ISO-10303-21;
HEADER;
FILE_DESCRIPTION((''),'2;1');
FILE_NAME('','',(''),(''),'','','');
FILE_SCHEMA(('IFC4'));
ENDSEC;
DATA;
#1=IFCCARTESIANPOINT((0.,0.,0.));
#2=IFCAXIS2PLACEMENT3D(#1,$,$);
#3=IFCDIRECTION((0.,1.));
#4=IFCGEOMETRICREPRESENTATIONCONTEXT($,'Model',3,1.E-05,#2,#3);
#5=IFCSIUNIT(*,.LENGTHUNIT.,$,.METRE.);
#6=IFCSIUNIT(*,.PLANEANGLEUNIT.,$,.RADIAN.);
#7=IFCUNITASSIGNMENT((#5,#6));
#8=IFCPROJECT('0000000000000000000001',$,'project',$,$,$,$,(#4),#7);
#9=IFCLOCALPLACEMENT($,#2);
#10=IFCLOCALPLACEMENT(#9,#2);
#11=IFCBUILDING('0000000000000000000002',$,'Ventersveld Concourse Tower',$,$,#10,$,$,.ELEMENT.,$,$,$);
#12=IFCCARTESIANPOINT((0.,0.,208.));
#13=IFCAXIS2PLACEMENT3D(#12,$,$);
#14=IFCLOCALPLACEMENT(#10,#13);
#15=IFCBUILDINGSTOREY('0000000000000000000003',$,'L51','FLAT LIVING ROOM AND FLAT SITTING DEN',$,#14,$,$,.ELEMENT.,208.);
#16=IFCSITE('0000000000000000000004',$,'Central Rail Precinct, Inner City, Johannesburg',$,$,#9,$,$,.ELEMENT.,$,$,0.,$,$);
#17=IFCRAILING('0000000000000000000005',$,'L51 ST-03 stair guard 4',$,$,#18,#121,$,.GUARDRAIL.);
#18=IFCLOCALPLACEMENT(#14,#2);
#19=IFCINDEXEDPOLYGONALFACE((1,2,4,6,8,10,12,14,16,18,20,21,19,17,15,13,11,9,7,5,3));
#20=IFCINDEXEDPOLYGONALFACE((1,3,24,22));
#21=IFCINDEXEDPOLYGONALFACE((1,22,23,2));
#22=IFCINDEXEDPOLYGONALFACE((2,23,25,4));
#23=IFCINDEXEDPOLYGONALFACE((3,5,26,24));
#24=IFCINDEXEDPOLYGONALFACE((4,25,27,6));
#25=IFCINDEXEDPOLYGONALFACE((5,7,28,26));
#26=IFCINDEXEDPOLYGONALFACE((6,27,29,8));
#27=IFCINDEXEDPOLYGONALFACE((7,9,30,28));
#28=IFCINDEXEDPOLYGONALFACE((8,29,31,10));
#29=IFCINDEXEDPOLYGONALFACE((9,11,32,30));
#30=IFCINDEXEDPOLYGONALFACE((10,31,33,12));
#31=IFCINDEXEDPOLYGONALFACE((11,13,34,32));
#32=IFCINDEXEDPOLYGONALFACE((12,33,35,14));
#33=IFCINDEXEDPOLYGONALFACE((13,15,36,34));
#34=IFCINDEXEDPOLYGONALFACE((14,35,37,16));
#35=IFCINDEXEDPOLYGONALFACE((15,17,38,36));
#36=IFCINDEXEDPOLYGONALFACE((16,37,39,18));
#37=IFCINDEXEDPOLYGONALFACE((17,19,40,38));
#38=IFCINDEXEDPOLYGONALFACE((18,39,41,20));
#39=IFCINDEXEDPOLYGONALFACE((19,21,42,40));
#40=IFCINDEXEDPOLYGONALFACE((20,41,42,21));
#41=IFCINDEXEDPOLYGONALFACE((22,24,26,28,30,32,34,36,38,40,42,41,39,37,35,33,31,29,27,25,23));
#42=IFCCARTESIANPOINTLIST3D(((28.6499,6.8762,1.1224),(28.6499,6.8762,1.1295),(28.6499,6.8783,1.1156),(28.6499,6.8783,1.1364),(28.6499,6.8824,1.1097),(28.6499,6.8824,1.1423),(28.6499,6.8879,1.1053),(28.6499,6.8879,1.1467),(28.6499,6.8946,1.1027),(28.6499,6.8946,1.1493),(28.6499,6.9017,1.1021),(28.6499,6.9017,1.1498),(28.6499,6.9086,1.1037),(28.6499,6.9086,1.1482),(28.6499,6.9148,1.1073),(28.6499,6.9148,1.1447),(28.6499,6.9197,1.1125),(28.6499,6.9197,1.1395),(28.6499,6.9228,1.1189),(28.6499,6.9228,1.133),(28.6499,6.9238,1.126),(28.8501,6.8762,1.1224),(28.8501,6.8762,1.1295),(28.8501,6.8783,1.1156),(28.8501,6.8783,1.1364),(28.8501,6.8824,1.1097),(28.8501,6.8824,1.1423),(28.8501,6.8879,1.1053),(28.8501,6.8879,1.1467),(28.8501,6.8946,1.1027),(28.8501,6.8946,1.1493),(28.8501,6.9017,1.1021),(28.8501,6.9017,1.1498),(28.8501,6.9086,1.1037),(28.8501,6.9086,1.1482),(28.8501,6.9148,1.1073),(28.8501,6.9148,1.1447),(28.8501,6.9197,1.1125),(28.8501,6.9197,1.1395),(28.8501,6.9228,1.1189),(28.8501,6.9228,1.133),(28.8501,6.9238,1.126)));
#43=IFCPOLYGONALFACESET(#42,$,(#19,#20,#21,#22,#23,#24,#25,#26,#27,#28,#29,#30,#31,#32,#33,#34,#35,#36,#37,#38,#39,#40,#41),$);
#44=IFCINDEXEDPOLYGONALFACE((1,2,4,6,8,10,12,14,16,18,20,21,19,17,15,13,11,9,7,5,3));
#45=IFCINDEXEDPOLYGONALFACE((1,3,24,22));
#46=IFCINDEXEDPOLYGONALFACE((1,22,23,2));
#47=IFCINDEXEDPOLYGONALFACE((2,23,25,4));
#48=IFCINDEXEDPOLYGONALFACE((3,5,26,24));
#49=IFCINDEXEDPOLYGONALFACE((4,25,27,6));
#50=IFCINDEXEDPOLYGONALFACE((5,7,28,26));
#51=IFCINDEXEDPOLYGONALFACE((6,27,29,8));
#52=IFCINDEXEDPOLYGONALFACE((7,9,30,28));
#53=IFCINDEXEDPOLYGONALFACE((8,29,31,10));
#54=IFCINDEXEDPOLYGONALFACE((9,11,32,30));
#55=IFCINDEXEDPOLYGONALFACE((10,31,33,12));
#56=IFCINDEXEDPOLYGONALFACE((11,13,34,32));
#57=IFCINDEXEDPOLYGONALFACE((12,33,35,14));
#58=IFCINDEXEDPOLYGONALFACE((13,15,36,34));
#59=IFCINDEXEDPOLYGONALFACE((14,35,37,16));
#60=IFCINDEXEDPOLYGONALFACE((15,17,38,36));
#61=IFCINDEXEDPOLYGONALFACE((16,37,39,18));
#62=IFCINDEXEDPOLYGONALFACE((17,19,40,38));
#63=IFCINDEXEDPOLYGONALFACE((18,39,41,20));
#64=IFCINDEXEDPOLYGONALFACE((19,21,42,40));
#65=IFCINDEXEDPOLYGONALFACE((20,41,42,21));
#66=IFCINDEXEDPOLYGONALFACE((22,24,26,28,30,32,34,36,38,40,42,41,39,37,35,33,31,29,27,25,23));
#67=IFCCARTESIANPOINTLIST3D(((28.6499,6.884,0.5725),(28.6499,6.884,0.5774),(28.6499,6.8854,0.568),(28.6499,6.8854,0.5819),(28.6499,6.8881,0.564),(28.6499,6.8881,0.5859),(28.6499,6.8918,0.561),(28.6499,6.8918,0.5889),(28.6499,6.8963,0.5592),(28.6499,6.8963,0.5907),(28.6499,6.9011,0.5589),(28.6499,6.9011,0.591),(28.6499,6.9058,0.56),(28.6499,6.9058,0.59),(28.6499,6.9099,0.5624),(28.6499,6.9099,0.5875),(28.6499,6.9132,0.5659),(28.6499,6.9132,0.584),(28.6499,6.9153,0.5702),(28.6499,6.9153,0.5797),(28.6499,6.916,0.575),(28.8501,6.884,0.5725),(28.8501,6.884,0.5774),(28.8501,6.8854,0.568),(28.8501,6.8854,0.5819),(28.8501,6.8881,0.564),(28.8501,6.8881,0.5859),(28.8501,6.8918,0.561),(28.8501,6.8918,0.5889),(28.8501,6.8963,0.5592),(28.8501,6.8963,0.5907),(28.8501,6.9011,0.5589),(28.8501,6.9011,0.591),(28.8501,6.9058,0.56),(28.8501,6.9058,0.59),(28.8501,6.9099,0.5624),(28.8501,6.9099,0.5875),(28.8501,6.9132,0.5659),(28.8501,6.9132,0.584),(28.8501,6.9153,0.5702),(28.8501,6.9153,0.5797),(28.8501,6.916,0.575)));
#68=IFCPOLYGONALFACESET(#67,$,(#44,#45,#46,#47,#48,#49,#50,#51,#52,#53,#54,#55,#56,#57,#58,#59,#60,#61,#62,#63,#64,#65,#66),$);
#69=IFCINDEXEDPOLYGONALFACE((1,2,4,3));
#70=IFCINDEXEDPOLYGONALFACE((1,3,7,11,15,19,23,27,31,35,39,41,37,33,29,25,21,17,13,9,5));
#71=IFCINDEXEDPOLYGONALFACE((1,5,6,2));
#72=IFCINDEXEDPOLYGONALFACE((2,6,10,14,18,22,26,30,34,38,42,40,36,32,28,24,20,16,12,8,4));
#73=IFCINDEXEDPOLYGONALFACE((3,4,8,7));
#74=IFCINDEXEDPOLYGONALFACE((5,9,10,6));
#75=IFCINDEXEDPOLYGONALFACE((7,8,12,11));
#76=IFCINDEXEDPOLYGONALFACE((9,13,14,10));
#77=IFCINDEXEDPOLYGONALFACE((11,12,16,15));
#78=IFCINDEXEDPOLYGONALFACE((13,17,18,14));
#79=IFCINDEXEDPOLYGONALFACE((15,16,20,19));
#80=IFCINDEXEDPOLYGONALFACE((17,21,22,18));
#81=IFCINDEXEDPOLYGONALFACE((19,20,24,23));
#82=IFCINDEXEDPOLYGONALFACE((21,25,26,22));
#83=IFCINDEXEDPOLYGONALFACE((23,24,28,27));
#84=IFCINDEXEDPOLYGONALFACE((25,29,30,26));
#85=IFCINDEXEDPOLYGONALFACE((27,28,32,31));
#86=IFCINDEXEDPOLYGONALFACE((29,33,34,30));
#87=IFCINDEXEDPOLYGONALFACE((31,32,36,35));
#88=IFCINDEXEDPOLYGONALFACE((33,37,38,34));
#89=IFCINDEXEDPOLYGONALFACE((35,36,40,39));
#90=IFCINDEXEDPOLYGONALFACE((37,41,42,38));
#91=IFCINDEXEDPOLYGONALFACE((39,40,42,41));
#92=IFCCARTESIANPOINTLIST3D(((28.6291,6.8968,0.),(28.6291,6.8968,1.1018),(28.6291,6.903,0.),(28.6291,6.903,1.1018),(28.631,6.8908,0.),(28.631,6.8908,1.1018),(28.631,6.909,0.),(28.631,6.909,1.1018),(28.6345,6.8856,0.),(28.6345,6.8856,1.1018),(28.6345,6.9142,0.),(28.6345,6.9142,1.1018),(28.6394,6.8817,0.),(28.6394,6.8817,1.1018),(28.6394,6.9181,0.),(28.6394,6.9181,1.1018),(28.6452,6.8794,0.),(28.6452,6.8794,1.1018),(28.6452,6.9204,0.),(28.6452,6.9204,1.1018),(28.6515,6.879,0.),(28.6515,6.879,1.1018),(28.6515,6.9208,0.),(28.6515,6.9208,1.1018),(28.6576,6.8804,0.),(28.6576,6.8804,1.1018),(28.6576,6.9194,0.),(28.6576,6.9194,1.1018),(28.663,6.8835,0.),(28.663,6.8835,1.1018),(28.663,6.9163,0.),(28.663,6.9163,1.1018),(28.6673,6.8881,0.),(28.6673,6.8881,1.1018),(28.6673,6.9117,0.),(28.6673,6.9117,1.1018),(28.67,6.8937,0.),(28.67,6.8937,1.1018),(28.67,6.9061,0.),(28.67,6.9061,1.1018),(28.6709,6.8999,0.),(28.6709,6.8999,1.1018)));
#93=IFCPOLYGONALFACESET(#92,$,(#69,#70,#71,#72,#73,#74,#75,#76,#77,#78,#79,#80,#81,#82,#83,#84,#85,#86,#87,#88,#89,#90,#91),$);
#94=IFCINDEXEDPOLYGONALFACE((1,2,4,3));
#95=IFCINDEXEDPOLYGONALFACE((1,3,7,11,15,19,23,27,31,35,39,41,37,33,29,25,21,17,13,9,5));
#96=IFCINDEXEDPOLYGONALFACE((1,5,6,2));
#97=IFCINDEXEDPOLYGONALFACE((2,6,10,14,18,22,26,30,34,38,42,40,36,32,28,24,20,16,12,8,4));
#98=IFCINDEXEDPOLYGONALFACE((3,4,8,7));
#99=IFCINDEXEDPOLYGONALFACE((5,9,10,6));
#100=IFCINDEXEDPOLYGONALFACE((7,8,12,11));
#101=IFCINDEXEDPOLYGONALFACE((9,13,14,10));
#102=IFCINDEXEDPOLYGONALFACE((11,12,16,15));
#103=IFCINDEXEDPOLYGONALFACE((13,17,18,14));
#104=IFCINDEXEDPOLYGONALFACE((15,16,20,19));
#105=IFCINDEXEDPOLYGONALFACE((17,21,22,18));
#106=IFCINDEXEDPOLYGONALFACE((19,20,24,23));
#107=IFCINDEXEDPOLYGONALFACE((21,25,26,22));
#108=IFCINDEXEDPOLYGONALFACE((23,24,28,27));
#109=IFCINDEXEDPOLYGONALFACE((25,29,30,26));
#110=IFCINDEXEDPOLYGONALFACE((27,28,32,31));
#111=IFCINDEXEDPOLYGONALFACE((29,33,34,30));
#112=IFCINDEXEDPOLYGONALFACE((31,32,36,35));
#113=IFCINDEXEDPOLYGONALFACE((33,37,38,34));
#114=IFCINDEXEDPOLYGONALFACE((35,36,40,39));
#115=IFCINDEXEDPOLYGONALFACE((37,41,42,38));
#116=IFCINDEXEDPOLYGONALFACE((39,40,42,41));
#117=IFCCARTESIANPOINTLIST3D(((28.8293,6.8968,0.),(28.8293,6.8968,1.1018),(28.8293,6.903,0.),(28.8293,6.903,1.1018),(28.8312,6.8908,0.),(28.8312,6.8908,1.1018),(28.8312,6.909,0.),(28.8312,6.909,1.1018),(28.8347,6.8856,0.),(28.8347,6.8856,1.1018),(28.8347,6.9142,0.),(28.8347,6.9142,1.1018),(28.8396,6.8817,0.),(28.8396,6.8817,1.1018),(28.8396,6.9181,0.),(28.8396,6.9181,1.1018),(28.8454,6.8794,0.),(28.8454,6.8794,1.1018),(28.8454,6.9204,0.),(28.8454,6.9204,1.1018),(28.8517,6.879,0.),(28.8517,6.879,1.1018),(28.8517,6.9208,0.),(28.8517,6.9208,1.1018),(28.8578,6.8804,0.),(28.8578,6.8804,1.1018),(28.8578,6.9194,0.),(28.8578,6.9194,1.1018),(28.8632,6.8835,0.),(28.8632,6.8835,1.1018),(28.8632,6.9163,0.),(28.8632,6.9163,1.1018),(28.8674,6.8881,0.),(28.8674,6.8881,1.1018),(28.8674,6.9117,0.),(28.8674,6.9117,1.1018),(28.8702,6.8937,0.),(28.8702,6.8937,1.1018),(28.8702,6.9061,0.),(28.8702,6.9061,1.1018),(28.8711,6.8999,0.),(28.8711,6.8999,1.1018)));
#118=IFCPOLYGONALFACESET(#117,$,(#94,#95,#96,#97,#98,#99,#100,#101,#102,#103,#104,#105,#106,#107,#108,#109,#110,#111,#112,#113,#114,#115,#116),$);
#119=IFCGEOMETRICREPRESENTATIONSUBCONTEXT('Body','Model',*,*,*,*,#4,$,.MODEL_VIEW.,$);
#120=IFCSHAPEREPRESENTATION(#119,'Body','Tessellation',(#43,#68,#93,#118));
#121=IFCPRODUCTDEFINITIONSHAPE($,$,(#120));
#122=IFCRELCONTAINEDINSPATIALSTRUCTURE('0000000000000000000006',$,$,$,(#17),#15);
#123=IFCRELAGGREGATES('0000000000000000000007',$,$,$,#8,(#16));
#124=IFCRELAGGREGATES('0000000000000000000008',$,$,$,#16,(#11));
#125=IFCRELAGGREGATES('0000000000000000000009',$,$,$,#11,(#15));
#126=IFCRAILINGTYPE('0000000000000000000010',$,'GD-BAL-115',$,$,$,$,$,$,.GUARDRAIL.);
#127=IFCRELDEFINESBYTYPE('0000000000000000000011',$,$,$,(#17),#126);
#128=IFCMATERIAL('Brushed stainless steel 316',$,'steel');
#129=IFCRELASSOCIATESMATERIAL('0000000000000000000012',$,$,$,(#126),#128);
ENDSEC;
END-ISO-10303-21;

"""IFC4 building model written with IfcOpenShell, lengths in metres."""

from ifc_helpers import new_model, si_unit, direction, frame, origin, origin_2d, place, context, subcontext, project, spatial, circle, extrude, material, type_object, element, save


model = new_model("IFC4")

# Units and contexts
model_context = context("Model", 3, precision=1e-05, world=origin(), true_north=direction((0.0, 1.0)))
body_context = subcontext(model_context, "Body", "Model", "MODEL_VIEW")
ifc_project = project(units=[si_unit("LENGTHUNIT", "METRE"), si_unit("PLANEANGLEUNIT", "RADIAN")], contexts=[model_context])

# Site, building, storey
site_placement = place(None, origin())
site = spatial("IfcSite", under=ifc_project, at=site_placement, Name="Central Rail Precinct, Inner City, Johannesburg", CompositionType="ELEMENT", RefElevation=0.0)
building_placement = place(site_placement, origin())
building = spatial("IfcBuilding", under=site, at=building_placement, Name="Ventersveld Concourse Tower", CompositionType="ELEMENT")
storey_placement = place(building_placement, frame((0.0, 0.0, 208.0)))
storey = spatial("IfcBuildingStorey", under=building, at=storey_placement, Name="L51", Description="FLAT LIVING ROOM AND FLAT SITTING DEN", CompositionType="ELEMENT", Elevation=208.0)

# Shared definitions
ifc_material_1 = material(Name="Brushed stainless steel 316", Category="steel")

# Railing
railing_type = type_object("IfcRailingType", Name="GD-BAL-115", PredefinedType="GUARDRAIL", material=ifc_material_1)
railing_1_placement = place(storey_placement, frame((28.6499, 6.8999, 0.0)))
element("IfcRailing", 1, at=railing_1_placement, inside=storey, type_object=railing_type, Name="L51 ST-03 stair guard 4", PredefinedType="GUARDRAIL", context=body_context, shape_type="SweptSolid", body=[
    extrude(circle(Radius=0.0239, at=origin_2d()), frame((0.0, 0.0, 1.126), z_axis=(1.0, 0.0, 0.0), x_axis=(0.0, 1.0, 0.0)), (0.0, 0.0, 1.0), 0.2002),
    extrude(circle(Radius=0.0161, at=origin_2d()), frame((0.0, 0.0, 0.575), z_axis=(1.0, 0.0, 0.0), x_axis=(0.0, 1.0, 0.0)), (0.0, 0.0, 1.0), 0.2002),
    extrude(circle(Radius=0.021, at=origin_2d()), origin(), (0.0, 0.0, 1.0), 1.1018),
    extrude(circle(Radius=0.021, at=origin_2d()), frame((0.2002, 0.0, 0.0)), (0.0, 0.0, 1.0), 1.1018),
])

save(model, "model.ifc")
